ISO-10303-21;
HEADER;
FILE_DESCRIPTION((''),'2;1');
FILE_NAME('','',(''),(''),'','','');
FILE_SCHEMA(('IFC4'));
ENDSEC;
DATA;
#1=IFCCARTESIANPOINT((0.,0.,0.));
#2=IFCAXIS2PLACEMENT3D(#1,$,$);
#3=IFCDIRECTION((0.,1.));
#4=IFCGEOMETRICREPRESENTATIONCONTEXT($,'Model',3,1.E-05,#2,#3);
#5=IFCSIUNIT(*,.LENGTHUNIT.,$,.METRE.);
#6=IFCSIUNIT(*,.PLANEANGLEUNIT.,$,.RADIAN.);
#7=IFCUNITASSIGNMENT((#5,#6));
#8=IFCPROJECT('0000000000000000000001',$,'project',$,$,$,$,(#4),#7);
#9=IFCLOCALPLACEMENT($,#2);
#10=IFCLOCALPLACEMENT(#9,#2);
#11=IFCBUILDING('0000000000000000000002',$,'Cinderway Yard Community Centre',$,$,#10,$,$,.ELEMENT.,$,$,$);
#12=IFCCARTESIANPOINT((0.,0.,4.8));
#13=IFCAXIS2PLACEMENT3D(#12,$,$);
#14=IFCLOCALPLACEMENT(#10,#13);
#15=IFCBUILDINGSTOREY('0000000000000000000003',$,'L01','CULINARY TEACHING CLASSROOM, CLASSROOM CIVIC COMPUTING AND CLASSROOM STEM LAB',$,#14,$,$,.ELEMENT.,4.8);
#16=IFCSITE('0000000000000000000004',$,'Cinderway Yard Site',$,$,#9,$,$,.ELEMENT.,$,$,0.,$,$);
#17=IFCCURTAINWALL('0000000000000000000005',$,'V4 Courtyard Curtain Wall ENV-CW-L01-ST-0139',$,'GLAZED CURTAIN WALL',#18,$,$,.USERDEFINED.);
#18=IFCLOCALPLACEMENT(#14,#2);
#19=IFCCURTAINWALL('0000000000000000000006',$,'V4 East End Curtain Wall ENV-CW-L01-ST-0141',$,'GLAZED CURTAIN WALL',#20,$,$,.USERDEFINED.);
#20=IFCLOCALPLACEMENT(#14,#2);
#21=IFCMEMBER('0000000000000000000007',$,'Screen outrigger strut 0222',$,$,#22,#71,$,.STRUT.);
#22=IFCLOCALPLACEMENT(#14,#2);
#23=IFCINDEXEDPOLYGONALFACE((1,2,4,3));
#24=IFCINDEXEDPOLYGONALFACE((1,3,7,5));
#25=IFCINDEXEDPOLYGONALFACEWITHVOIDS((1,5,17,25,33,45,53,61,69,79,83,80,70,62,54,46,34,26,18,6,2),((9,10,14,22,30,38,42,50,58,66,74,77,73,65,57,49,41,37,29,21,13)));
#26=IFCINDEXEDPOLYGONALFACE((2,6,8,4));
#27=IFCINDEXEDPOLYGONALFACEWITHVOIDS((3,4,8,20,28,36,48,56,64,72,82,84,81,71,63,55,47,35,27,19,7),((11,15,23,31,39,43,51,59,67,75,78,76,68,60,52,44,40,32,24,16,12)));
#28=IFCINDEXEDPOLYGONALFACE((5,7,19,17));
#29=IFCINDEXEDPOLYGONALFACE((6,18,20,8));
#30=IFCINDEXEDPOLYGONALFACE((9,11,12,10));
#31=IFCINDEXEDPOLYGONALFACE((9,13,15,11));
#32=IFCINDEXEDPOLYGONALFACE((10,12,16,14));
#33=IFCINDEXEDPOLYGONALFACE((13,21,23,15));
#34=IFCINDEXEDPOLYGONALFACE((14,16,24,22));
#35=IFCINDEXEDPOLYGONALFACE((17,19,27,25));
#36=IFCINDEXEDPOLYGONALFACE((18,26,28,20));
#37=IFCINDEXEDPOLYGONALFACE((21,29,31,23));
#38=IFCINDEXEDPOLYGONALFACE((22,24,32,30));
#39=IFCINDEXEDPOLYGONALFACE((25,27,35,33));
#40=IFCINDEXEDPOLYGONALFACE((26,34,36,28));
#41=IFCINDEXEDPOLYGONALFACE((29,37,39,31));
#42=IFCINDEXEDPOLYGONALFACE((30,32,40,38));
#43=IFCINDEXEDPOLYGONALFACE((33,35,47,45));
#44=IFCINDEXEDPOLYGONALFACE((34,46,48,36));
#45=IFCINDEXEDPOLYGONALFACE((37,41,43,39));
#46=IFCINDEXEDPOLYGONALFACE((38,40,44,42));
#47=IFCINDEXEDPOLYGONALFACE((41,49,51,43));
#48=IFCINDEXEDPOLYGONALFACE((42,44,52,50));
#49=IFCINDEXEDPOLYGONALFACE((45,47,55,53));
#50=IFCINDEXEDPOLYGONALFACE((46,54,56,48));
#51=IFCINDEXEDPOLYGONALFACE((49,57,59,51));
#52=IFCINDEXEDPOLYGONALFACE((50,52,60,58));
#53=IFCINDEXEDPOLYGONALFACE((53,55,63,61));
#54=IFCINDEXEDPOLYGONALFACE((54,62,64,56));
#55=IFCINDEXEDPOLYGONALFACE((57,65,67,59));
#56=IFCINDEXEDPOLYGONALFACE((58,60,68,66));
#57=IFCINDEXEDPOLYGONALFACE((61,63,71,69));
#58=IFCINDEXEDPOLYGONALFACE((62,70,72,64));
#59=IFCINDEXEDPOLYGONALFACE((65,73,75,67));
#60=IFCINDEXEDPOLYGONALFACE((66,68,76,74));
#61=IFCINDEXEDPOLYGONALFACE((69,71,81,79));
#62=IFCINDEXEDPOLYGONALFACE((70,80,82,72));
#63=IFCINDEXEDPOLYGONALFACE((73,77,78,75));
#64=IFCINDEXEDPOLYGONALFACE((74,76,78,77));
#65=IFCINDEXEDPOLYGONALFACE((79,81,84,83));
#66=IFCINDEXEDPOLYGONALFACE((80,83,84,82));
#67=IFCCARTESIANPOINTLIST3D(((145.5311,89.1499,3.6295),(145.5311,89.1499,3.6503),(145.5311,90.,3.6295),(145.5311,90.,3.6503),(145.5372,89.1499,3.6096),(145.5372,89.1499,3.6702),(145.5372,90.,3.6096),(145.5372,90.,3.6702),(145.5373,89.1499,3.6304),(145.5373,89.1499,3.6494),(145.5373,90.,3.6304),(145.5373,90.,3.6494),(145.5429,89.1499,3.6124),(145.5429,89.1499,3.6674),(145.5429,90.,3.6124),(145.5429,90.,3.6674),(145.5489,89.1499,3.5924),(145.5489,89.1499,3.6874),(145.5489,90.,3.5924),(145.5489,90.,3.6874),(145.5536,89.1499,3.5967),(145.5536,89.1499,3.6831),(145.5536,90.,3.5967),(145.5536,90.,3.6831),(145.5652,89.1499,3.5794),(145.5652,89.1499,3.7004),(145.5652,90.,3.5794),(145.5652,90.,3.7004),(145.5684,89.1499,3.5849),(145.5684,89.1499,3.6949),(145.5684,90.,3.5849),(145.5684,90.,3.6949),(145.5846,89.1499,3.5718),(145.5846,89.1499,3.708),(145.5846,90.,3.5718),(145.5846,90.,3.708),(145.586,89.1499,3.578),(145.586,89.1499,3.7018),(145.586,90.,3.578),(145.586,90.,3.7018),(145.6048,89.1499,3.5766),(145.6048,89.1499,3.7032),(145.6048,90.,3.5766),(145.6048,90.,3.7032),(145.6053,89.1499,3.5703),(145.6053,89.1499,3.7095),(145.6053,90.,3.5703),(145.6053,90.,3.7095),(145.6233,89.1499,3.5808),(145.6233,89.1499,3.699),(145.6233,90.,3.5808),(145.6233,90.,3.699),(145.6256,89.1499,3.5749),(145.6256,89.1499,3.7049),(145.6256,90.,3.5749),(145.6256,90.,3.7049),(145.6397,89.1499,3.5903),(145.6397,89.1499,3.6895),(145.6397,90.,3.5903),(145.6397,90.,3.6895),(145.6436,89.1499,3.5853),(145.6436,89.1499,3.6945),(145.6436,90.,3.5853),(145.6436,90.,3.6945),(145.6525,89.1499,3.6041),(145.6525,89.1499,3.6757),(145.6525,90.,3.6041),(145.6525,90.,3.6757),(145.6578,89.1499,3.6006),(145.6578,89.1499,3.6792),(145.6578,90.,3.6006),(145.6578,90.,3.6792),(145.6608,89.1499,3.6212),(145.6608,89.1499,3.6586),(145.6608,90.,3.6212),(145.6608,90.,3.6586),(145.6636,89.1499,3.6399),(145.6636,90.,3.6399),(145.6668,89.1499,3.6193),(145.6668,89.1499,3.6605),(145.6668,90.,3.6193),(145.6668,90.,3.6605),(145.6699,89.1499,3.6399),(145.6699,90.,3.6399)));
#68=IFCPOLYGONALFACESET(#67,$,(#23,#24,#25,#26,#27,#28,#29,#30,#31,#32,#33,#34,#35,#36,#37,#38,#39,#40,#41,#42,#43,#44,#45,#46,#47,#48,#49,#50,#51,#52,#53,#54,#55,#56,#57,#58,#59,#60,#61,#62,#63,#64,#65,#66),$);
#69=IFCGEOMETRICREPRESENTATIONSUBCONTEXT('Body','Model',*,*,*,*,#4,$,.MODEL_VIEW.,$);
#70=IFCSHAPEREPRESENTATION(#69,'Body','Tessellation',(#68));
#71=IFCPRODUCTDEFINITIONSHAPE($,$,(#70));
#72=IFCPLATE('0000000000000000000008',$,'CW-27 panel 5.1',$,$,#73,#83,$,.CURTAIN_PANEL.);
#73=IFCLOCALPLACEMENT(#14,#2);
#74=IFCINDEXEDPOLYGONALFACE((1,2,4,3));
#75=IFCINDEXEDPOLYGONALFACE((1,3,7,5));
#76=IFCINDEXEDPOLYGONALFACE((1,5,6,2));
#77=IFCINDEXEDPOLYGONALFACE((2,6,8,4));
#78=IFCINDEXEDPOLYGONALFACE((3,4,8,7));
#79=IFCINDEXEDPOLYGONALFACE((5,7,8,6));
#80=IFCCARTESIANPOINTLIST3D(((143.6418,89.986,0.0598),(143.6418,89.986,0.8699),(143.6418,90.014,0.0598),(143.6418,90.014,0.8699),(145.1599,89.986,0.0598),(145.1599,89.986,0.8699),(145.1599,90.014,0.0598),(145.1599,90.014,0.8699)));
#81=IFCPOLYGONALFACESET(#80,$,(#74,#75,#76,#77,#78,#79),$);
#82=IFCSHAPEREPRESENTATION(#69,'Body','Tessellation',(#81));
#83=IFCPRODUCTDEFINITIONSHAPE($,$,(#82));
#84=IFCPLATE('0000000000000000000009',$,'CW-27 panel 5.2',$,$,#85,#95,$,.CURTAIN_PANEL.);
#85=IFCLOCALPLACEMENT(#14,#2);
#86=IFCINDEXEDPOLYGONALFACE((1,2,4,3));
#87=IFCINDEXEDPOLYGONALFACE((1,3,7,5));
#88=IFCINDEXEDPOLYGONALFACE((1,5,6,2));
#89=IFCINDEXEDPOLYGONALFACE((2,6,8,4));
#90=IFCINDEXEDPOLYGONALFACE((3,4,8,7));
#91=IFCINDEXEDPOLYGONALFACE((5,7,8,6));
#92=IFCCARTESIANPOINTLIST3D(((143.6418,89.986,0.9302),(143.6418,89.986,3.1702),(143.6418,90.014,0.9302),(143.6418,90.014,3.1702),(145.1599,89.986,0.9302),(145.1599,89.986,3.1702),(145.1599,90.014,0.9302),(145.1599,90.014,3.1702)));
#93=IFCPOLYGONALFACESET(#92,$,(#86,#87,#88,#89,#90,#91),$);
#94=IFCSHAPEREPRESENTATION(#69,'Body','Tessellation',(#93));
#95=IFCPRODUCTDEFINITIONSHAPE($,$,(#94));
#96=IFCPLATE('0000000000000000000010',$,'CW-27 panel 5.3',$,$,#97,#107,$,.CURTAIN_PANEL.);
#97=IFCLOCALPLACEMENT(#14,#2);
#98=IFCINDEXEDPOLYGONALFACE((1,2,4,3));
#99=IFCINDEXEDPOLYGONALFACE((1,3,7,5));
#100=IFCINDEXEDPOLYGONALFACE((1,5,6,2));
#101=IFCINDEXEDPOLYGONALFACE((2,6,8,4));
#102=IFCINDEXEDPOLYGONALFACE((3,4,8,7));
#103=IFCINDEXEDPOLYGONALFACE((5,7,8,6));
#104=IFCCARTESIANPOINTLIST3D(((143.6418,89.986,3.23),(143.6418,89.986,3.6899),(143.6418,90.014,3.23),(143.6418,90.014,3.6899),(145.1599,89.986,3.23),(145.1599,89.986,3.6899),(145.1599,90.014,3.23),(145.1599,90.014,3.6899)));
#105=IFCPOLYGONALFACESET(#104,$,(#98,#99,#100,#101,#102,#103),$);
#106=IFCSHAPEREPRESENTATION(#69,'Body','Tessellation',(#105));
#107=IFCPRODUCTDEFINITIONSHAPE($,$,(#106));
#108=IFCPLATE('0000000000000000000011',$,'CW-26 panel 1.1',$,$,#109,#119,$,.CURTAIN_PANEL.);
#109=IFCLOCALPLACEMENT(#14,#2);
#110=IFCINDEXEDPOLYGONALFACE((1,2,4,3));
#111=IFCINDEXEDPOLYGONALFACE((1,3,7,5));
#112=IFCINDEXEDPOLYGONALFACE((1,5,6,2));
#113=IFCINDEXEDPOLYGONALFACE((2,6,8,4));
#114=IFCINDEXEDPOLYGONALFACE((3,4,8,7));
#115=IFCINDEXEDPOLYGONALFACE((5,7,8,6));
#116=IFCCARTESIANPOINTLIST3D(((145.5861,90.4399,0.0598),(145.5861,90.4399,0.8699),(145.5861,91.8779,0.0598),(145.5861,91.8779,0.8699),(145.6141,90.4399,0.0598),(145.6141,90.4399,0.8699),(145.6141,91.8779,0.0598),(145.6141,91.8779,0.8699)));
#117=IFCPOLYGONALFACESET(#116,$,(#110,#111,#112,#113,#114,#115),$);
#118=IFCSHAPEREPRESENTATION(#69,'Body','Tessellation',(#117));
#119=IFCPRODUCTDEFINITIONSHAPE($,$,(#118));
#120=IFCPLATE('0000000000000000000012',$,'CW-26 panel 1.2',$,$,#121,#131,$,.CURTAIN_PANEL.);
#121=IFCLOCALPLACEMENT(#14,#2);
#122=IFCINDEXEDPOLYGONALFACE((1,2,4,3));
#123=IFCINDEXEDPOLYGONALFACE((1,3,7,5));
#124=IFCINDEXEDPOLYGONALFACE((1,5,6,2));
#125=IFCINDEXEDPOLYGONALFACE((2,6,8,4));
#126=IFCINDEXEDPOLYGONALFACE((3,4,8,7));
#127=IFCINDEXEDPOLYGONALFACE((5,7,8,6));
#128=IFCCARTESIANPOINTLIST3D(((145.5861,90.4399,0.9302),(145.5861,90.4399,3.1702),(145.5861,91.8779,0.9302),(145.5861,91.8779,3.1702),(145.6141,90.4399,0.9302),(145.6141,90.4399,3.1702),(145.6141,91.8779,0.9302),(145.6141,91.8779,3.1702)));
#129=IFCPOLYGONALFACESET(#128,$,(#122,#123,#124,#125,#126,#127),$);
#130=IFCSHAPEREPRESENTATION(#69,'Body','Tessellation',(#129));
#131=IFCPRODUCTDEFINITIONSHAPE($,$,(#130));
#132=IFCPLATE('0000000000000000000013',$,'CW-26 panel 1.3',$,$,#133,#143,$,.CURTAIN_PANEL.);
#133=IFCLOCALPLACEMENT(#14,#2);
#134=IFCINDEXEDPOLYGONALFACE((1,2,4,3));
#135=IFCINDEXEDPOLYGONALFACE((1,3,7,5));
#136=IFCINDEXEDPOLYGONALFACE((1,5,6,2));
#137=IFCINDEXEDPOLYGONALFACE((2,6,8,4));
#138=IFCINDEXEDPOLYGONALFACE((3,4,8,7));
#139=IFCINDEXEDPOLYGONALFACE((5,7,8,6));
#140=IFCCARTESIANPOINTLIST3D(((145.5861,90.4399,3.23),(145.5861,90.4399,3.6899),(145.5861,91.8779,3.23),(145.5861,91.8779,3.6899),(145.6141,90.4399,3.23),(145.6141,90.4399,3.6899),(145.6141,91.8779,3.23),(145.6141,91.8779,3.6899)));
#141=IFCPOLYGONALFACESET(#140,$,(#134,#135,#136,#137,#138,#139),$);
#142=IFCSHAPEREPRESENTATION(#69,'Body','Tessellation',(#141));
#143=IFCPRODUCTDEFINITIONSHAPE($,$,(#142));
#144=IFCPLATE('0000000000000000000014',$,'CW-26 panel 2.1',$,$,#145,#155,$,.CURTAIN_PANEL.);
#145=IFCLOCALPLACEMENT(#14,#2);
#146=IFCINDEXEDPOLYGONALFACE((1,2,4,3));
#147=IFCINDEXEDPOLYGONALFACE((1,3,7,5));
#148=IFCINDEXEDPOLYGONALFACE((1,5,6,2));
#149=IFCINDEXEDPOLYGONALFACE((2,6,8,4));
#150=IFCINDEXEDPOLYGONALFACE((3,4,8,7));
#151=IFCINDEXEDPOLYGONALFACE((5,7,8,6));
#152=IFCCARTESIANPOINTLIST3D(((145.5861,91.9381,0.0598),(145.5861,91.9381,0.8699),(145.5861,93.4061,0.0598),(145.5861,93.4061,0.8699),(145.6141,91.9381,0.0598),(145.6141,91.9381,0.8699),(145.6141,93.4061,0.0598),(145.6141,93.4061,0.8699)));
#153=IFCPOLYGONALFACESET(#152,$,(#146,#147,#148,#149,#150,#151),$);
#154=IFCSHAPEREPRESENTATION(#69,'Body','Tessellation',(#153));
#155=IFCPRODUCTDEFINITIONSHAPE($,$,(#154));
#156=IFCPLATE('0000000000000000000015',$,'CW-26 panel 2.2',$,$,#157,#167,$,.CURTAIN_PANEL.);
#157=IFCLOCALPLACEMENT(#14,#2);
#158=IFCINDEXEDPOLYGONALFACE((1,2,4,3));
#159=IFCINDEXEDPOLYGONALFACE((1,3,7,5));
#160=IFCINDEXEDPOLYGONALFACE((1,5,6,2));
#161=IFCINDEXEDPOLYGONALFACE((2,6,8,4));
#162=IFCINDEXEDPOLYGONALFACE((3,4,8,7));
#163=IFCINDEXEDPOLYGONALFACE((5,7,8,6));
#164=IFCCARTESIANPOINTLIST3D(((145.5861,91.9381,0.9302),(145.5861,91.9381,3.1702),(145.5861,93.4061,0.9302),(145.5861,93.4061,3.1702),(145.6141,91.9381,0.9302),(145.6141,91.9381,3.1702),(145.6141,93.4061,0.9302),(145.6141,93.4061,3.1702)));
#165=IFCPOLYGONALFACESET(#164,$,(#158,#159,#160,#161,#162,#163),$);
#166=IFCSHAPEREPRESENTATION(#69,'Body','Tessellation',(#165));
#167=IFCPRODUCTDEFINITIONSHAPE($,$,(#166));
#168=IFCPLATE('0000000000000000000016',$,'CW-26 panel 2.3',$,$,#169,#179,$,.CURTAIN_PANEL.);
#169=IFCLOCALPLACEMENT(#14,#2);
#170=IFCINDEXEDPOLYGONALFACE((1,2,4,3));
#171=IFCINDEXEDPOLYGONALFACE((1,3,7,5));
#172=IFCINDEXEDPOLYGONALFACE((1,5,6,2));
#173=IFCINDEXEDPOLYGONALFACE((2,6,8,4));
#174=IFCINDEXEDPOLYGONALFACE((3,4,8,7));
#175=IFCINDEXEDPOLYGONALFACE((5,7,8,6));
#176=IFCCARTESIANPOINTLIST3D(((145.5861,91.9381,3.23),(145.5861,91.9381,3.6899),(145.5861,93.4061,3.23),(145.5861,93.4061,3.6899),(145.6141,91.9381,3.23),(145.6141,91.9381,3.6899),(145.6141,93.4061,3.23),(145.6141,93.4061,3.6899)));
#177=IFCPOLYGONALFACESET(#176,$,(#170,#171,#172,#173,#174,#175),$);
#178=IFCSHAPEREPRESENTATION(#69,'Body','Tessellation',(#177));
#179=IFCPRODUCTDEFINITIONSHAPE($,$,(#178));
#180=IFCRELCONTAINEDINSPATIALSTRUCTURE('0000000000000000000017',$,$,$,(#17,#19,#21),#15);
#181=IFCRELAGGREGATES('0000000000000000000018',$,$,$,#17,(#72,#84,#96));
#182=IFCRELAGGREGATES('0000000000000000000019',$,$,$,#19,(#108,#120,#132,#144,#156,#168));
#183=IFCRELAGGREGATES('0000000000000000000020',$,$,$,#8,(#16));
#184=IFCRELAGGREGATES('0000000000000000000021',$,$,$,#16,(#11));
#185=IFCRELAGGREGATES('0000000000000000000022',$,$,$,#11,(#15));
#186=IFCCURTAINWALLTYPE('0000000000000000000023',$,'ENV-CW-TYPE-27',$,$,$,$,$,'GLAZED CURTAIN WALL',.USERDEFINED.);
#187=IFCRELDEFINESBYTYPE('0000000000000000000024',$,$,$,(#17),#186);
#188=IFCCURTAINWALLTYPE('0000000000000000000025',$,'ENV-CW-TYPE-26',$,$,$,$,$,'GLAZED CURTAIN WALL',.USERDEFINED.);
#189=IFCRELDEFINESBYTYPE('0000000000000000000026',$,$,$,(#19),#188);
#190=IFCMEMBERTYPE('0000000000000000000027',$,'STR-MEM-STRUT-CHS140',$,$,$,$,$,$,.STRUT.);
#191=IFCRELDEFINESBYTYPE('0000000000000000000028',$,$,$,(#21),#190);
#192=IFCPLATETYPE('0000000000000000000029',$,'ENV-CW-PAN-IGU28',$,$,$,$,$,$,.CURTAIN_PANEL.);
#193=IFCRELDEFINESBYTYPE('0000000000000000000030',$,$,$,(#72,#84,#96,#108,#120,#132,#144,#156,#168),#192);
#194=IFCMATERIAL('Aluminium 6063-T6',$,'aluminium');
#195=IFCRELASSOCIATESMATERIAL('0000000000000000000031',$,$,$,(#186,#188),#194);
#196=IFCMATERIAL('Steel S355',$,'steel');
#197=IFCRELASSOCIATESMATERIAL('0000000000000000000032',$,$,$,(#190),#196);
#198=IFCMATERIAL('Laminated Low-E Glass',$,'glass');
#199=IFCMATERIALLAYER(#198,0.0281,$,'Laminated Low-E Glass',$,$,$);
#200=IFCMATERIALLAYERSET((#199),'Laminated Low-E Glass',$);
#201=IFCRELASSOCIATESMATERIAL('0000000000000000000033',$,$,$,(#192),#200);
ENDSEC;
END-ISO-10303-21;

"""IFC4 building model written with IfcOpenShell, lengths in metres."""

from ifc_helpers import new_model, si_unit, direction, frame, origin, origin_2d, place, context, subcontext, project, spatial, rectangle, hollow_circle, extrude, material, layer, layer_set, material_profile, profile_set, type_object, element, aggregate, save


model = new_model("IFC4")

# Units and contexts
model_context = context("Model", 3, precision=1e-05, world=origin(), true_north=direction((0.0, 1.0)))
body_context = subcontext(model_context, "Body", "Model", "MODEL_VIEW")
ifc_project = project(units=[si_unit("LENGTHUNIT", "METRE"), si_unit("PLANEANGLEUNIT", "RADIAN")], contexts=[model_context])

# Site, building, storey
site_placement = place(None, origin())
site = spatial("IfcSite", under=ifc_project, at=site_placement, Name="Cinderway Yard Site", CompositionType="ELEMENT", RefElevation=0.0)
building_placement = place(site_placement, origin())
building = spatial("IfcBuilding", under=site, at=building_placement, Name="Cinderway Yard Community Centre", CompositionType="ELEMENT")
storey_placement = place(building_placement, frame((0.0, 0.0, 4.8)))
storey = spatial("IfcBuildingStorey", under=building, at=storey_placement, Name="L01", Description="CULINARY TEACHING CLASSROOM, CLASSROOM CIVIC COMPUTING AND CLASSROOM STEM LAB", CompositionType="ELEMENT", Elevation=4.8)

# Curtain wall
ifc_material_1 = material(Name="Aluminium 6063-T6", Category="aluminium")
curtain_wall_type_1 = type_object("IfcCurtainWallType", Name="ENV-CW-TYPE-27", ElementType="GLAZED CURTAIN WALL", PredefinedType="USERDEFINED", material=ifc_material_1)
curtain_wall_1_placement = place(storey_placement, origin())
curtain_wall_1 = element("IfcCurtainWall", 1, at=curtain_wall_1_placement, inside=storey, type_object=curtain_wall_type_1, Name="V4 Courtyard Curtain Wall ENV-CW-L01-ST-0139", ObjectType="GLAZED CURTAIN WALL", PredefinedType="USERDEFINED")

# Curtain wall
curtain_wall_type_2 = type_object("IfcCurtainWallType", Name="ENV-CW-TYPE-26", ElementType="GLAZED CURTAIN WALL", PredefinedType="USERDEFINED", material=ifc_material_1)
curtain_wall_2_placement = place(storey_placement, origin())
curtain_wall_2 = element("IfcCurtainWall", 2, at=curtain_wall_2_placement, inside=storey, type_object=curtain_wall_type_2, Name="V4 East End Curtain Wall ENV-CW-L01-ST-0141", ObjectType="GLAZED CURTAIN WALL", PredefinedType="USERDEFINED")

# Member
ifc_material_2 = material(Name="Steel S355", Category="steel")
ifc_material_profile_1 = material_profile(ifc_material_2, hollow_circle(Radius=0.0698, WallThickness=0.0063, at=origin_2d()), Name="Steel S355")
ifc_profile_set_1 = profile_set([ifc_material_profile_1], Name="Steel S355")
member_type_1 = type_object("IfcMemberType", Name="STR-MEM-STRUT-CHS140", PredefinedType="STRUT", material=ifc_profile_set_1)
for number, where, z_axis, x_axis, name in (
    (3, (145.6001, 90.0, 3.6399), (0.0, -1.0, 0.0), (1.0, 0.0, 0.0), "Screen outrigger strut 0222"),
):
    element("IfcMember", number, at=place(storey_placement, frame(where, z_axis=z_axis, x_axis=x_axis)), inside=storey, type_object=member_type_1, Name=name, PredefinedType="STRUT", context=body_context, shape_type="SweptSolid", body=[
        extrude(hollow_circle(Radius=0.0698, WallThickness=0.0063, at=origin_2d()), origin(), (0.0, 0.0, 1.0), 0.8501),
    ])

# Plates
ifc_material_3 = material(Name="Laminated Low-E Glass", Category="glass")
ifc_layer = layer(ifc_material_3, 0.0281, Name="Laminated Low-E Glass")
ifc_layer_set = layer_set([ifc_layer], Name="Laminated Low-E Glass")
plate_type = type_object("IfcPlateType", Name="ENV-CW-PAN-IGU28", PredefinedType="CURTAIN_PANEL", material=ifc_layer_set)
plate_1_placement = place(storey_placement, frame((144.4009, 90.0, 0.0598), z_axis=(0.0, 0.0, 1.0), x_axis=(1.0, 0.0, 0.0)))
plate_1 = element("IfcPlate", 4, at=plate_1_placement, type_object=plate_type, Name="CW-27 panel 5.1", PredefinedType="CURTAIN_PANEL", context=body_context, shape_type="SweptSolid", body=[
    extrude(rectangle(XDim=1.5181, YDim=0.0281, at=origin_2d()), origin(), (0.0, 0.0, 1.0), 0.8101),
])
plate_2_placement = place(storey_placement, frame((144.4009, 90.0, 0.9302), z_axis=(0.0, 0.0, 1.0), x_axis=(1.0, 0.0, 0.0)))
plate_2 = element("IfcPlate", 5, at=plate_2_placement, type_object=plate_type, Name="CW-27 panel 5.2", PredefinedType="CURTAIN_PANEL", context=body_context, shape_type="SweptSolid", body=[
    extrude(rectangle(XDim=1.5181, YDim=0.0281, at=origin_2d()), origin(), (0.0, 0.0, 1.0), 2.24),
])
plate_3_placement = place(storey_placement, frame((144.4009, 90.0, 3.23), z_axis=(0.0, 0.0, 1.0), x_axis=(1.0, 0.0, 0.0)))
plate_3 = element("IfcPlate", 6, at=plate_3_placement, type_object=plate_type, Name="CW-27 panel 5.3", PredefinedType="CURTAIN_PANEL", context=body_context, shape_type="SweptSolid", body=[
    extrude(rectangle(XDim=1.5181, YDim=0.0281, at=origin_2d()), origin(), (0.0, 0.0, 1.0), 0.46),
])
aggregate(curtain_wall_1, [plate_1, plate_2, plate_3])
plate_4_placement = place(storey_placement, frame((145.6001, 91.1589, 0.0598), z_axis=(0.0, 0.0, 1.0), x_axis=(0.0, 1.0, 0.0)))
plate_4 = element("IfcPlate", 7, at=plate_4_placement, type_object=plate_type, Name="CW-26 panel 1.1", PredefinedType="CURTAIN_PANEL", context=body_context, shape_type="SweptSolid", body=[
    extrude(rectangle(XDim=1.438, YDim=0.0281, at=origin_2d()), origin(), (0.0, 0.0, 1.0), 0.8101),
])
plate_5_placement = place(storey_placement, frame((145.6001, 91.1589, 0.9302), z_axis=(0.0, 0.0, 1.0), x_axis=(0.0, 1.0, 0.0)))
plate_5 = element("IfcPlate", 8, at=plate_5_placement, type_object=plate_type, Name="CW-26 panel 1.2", PredefinedType="CURTAIN_PANEL", context=body_context, shape_type="SweptSolid", body=[
    extrude(rectangle(XDim=1.438, YDim=0.0281, at=origin_2d()), origin(), (0.0, 0.0, 1.0), 2.24),
])
plate_6_placement = place(storey_placement, frame((145.6001, 91.1589, 3.23), z_axis=(0.0, 0.0, 1.0), x_axis=(0.0, 1.0, 0.0)))
plate_6 = element("IfcPlate", 9, at=plate_6_placement, type_object=plate_type, Name="CW-26 panel 1.3", PredefinedType="CURTAIN_PANEL", context=body_context, shape_type="SweptSolid", body=[
    extrude(rectangle(XDim=1.438, YDim=0.0281, at=origin_2d()), origin(), (0.0, 0.0, 1.0), 0.46),
])
plate_7_placement = place(storey_placement, frame((145.6001, 92.6721, 0.0598), z_axis=(0.0, 0.0, 1.0), x_axis=(0.0, 1.0, 0.0)))
plate_7 = element("IfcPlate", 10, at=plate_7_placement, type_object=plate_type, Name="CW-26 panel 2.1", PredefinedType="CURTAIN_PANEL", context=body_context, shape_type="SweptSolid", body=[
    extrude(rectangle(XDim=1.468, YDim=0.0281, at=origin_2d()), origin(), (0.0, 0.0, 1.0), 0.8101),
])
plate_8_placement = place(storey_placement, frame((145.6001, 92.6721, 0.9302), z_axis=(0.0, 0.0, 1.0), x_axis=(0.0, 1.0, 0.0)))
plate_8 = element("IfcPlate", 11, at=plate_8_placement, type_object=plate_type, Name="CW-26 panel 2.2", PredefinedType="CURTAIN_PANEL", context=body_context, shape_type="SweptSolid", body=[
    extrude(rectangle(XDim=1.468, YDim=0.0281, at=origin_2d()), origin(), (0.0, 0.0, 1.0), 2.24),
])
plate_9_placement = place(storey_placement, frame((145.6001, 92.6721, 3.23), z_axis=(0.0, 0.0, 1.0), x_axis=(0.0, 1.0, 0.0)))
plate_9 = element("IfcPlate", 12, at=plate_9_placement, type_object=plate_type, Name="CW-26 panel 2.3", PredefinedType="CURTAIN_PANEL", context=body_context, shape_type="SweptSolid", body=[
    extrude(rectangle(XDim=1.468, YDim=0.0281, at=origin_2d()), origin(), (0.0, 0.0, 1.0), 0.46),
])
aggregate(curtain_wall_2, [plate_4, plate_5, plate_6, plate_7, plate_8, plate_9])

save(model, "model.ifc")
